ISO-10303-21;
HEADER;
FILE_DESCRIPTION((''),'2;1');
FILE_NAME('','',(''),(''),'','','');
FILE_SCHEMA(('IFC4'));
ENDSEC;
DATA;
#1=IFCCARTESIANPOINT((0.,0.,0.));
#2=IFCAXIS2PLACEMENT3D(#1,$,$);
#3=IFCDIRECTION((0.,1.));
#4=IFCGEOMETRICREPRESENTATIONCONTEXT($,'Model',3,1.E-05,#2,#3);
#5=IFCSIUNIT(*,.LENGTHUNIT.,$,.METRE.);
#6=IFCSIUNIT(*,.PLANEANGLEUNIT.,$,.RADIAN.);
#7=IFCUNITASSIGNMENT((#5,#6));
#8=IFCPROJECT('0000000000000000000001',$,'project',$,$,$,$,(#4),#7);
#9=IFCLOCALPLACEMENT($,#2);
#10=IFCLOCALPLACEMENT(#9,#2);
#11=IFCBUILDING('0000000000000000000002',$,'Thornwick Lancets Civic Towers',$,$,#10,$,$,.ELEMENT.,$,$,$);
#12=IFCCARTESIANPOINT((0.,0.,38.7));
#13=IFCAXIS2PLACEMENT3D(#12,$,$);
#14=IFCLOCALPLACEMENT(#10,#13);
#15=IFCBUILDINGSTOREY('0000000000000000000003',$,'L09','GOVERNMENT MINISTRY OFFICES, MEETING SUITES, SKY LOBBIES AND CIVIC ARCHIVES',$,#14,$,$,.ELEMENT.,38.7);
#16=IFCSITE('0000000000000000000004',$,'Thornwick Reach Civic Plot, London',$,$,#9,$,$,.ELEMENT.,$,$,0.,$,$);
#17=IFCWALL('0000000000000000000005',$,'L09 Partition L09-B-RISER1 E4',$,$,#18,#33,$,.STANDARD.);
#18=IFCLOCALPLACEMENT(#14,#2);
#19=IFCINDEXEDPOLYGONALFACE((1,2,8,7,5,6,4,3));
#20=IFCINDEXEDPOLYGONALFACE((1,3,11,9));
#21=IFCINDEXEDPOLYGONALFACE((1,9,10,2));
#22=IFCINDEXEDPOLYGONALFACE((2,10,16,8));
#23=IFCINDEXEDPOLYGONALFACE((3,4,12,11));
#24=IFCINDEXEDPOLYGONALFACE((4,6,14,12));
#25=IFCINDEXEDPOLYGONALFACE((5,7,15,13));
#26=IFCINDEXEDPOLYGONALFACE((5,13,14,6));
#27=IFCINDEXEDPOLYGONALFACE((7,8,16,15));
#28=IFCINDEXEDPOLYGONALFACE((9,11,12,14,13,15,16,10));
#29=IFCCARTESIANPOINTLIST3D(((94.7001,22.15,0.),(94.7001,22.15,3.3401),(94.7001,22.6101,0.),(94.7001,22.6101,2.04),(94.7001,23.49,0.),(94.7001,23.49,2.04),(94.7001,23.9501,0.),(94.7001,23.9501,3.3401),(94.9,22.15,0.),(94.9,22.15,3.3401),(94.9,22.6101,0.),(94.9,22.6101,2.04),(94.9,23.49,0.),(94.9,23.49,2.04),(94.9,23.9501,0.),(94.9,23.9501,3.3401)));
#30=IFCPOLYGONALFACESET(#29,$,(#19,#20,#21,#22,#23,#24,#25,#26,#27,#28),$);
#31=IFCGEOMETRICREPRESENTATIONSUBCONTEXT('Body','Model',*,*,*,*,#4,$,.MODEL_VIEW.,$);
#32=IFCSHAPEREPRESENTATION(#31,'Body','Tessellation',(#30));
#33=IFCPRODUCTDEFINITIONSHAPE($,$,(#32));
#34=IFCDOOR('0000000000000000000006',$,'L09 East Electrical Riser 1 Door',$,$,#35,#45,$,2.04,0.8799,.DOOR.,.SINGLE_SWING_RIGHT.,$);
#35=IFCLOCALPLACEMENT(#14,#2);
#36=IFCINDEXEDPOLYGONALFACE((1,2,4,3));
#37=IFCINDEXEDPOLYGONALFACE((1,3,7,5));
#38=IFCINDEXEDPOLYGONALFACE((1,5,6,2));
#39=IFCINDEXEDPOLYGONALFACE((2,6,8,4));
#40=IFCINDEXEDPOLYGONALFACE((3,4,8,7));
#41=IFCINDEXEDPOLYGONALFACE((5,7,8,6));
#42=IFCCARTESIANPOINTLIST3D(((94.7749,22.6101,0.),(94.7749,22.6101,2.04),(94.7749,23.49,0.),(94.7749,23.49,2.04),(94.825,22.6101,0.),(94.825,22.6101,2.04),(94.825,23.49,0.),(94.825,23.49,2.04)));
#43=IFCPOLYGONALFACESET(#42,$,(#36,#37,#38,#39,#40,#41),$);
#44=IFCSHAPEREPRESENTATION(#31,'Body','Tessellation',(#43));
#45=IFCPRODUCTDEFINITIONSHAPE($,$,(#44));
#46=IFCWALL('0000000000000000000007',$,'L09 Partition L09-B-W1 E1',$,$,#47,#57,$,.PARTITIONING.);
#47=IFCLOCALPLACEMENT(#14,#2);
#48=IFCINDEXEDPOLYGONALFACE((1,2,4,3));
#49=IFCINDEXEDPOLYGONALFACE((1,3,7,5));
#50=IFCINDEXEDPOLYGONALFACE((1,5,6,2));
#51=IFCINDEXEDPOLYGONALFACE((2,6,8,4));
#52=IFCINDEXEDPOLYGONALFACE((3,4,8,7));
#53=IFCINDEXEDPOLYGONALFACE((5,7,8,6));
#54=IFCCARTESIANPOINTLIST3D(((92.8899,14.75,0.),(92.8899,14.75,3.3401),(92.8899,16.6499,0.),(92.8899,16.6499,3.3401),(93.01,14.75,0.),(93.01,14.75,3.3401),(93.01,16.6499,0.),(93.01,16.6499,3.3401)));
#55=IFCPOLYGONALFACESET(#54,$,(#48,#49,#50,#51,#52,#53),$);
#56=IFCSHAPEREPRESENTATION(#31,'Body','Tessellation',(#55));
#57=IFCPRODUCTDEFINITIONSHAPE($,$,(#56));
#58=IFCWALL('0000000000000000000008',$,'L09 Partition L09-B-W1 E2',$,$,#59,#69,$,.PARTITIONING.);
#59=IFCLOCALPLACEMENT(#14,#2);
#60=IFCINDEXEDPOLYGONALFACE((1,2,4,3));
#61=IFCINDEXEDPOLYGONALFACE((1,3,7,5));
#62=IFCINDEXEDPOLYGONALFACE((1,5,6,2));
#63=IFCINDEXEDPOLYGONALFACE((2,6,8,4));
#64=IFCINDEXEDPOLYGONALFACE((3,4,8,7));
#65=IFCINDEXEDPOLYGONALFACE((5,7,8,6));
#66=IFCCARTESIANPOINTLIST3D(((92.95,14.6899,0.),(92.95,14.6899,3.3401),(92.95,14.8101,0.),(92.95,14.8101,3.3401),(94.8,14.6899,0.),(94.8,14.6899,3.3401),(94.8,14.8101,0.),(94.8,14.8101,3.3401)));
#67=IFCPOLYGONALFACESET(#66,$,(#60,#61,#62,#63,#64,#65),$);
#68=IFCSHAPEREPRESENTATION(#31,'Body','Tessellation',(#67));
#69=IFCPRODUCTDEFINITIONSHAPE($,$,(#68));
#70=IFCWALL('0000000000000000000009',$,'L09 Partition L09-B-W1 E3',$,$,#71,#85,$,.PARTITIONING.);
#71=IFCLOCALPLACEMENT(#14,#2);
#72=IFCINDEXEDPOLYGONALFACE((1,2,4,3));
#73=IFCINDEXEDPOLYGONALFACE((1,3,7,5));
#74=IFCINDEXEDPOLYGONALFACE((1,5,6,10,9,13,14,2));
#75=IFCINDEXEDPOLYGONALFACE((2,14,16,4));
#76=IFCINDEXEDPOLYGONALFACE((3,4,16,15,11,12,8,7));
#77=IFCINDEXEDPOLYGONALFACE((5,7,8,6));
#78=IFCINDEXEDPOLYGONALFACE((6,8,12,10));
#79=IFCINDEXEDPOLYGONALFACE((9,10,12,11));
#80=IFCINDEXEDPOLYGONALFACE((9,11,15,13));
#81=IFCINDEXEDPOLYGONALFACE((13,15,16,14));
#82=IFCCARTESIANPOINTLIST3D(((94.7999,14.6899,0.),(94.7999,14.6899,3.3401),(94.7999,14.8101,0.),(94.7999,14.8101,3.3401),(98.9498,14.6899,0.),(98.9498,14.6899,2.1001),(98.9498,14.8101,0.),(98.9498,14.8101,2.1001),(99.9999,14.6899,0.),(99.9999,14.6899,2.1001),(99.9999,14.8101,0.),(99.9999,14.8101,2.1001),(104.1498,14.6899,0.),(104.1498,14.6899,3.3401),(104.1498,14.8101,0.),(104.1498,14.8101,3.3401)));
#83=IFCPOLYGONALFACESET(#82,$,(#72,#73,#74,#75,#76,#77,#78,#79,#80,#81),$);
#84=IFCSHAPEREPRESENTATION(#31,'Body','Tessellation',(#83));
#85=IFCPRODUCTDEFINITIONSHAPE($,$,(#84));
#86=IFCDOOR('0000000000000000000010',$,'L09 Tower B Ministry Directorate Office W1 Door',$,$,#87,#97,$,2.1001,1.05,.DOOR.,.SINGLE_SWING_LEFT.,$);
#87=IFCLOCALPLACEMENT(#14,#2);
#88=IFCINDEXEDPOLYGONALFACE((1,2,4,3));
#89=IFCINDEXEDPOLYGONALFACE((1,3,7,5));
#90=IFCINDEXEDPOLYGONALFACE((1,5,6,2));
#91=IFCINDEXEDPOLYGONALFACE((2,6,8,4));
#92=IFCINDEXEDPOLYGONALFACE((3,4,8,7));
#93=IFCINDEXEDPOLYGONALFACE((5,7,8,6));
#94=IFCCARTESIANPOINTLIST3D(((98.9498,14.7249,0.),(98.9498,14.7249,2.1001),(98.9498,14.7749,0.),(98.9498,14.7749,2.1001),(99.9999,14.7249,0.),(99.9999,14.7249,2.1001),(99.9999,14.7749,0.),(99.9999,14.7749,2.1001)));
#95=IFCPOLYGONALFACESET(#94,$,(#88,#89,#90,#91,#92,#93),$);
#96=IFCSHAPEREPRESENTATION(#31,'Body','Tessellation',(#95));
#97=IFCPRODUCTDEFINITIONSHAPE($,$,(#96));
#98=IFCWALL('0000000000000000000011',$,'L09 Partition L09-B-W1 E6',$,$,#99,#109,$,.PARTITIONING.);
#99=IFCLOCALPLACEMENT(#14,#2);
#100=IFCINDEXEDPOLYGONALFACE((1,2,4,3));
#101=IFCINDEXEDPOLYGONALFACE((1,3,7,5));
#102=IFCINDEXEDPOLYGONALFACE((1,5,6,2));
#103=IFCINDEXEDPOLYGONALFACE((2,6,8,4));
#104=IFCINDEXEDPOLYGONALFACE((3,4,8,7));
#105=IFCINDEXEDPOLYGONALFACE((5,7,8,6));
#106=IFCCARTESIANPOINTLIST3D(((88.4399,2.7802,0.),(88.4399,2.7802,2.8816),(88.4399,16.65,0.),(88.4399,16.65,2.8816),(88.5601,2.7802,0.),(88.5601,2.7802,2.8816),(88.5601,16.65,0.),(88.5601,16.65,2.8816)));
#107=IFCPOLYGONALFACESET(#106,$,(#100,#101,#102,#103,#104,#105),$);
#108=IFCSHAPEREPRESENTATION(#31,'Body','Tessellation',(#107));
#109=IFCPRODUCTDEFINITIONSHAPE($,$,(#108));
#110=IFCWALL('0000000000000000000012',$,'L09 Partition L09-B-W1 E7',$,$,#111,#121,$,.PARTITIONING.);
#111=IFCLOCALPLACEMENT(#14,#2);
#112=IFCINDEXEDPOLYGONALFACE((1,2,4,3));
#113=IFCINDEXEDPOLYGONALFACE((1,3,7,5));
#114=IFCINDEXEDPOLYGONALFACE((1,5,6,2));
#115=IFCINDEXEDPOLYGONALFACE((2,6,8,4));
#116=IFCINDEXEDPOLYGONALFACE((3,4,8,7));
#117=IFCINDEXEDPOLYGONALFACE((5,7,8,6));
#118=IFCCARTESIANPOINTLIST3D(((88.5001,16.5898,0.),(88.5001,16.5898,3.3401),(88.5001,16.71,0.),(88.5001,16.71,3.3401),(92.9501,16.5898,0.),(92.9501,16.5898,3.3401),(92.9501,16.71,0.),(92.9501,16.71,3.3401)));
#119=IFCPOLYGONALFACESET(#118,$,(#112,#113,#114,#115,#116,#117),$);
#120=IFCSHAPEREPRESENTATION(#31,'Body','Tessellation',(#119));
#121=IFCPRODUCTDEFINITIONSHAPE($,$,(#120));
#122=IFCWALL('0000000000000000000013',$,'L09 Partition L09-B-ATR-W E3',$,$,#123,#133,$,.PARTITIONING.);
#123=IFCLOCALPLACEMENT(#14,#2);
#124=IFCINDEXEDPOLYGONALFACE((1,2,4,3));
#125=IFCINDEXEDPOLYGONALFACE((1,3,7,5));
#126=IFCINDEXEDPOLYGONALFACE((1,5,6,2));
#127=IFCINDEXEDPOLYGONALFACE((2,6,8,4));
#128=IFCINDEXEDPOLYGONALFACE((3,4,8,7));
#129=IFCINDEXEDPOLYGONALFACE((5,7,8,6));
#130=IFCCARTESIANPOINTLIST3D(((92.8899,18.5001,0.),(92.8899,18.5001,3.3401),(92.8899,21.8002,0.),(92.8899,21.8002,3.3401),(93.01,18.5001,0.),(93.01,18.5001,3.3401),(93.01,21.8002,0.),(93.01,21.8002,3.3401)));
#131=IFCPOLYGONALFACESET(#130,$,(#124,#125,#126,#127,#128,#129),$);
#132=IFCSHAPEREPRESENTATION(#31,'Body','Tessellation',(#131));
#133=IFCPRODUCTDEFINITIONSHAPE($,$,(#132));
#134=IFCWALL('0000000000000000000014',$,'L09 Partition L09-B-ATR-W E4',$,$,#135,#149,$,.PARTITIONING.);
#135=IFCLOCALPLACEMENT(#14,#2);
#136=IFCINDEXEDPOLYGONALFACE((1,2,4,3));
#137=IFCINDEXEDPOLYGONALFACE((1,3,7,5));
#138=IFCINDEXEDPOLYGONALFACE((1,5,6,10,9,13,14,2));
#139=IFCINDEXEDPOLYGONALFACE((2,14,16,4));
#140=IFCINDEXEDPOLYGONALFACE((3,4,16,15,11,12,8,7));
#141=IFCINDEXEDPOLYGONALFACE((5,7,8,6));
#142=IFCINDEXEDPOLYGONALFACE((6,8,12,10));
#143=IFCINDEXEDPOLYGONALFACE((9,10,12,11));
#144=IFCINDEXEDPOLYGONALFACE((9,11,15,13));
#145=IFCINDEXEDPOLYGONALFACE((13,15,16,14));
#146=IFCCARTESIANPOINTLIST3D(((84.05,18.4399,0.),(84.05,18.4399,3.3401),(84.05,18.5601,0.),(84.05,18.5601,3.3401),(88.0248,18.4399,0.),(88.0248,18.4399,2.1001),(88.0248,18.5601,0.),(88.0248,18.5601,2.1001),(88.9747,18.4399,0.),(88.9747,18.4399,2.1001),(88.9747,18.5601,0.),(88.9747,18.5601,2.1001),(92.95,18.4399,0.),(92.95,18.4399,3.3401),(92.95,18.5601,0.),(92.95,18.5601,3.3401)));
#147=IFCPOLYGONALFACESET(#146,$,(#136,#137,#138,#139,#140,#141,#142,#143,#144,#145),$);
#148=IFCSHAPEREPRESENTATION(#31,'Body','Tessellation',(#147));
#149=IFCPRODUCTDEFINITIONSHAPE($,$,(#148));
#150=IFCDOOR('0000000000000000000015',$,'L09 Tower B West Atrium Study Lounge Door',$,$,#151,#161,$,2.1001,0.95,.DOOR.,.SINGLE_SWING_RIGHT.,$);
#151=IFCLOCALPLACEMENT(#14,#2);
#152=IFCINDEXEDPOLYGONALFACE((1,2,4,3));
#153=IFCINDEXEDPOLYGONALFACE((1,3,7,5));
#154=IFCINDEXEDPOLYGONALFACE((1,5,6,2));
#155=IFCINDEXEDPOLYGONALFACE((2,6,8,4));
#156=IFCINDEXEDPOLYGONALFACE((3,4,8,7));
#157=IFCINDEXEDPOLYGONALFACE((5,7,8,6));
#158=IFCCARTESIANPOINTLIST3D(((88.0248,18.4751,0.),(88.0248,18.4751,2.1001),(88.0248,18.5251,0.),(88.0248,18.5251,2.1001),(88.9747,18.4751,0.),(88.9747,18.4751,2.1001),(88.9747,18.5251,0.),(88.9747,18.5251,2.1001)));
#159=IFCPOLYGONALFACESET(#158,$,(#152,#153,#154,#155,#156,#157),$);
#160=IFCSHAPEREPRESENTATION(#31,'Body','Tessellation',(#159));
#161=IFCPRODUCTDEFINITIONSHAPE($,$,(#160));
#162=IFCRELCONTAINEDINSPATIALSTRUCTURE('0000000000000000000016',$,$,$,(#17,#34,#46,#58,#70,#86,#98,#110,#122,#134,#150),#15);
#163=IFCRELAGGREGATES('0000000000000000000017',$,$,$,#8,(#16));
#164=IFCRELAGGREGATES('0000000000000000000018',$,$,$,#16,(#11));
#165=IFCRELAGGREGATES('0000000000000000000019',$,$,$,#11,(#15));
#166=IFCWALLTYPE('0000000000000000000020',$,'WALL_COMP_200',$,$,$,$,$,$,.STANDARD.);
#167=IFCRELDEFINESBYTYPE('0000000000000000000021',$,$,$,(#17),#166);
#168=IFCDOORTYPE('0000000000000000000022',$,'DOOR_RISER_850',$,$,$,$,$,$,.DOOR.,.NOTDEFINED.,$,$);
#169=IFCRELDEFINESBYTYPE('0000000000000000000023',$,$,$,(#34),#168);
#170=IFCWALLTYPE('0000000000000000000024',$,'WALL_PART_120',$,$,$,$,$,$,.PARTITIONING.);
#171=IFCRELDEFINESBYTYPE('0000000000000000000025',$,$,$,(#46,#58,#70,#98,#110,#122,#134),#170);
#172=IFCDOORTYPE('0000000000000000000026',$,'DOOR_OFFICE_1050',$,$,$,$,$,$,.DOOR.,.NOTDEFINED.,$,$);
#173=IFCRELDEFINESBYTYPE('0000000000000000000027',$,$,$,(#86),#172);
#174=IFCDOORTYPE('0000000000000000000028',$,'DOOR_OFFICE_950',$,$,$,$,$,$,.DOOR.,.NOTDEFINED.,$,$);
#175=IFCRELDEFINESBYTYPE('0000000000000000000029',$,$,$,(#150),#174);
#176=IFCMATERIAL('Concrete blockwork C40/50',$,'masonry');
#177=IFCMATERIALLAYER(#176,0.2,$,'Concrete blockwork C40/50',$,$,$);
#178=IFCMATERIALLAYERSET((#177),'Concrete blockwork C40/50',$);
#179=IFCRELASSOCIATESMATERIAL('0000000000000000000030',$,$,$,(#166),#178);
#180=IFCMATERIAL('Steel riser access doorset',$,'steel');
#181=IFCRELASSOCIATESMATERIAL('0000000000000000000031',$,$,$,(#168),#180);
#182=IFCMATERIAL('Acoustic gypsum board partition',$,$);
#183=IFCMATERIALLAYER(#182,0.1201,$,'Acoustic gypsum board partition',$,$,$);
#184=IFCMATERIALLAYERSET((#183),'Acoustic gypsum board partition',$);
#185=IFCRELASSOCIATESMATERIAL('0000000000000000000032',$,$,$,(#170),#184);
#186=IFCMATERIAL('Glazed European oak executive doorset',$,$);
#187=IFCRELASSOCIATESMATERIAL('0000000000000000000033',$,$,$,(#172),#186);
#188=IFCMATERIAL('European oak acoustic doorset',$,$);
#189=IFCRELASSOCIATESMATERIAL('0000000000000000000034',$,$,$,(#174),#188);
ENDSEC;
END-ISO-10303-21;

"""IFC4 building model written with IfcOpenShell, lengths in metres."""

from ifc_helpers import new_model, si_unit, direction, frame, frame_2d, origin, place, context, subcontext, project, spatial, rectangle, extrude, material, layer, layer_set, type_object, element, fill, save


model = new_model("IFC4")

# Units and contexts
model_context = context("Model", 3, precision=1e-05, world=origin(), true_north=direction((0.0, 1.0)))
body_context = subcontext(model_context, "Body", "Model", "MODEL_VIEW")
ifc_project = project(units=[si_unit("LENGTHUNIT", "METRE"), si_unit("PLANEANGLEUNIT", "RADIAN")], contexts=[model_context])

# Site, building, storey
site_placement = place(None, origin())
site = spatial("IfcSite", under=ifc_project, at=site_placement, Name="Thornwick Reach Civic Plot, London", CompositionType="ELEMENT", RefElevation=0.0)
building_placement = place(site_placement, origin())
building = spatial("IfcBuilding", under=site, at=building_placement, Name="Thornwick Lancets Civic Towers", CompositionType="ELEMENT")
storey_placement = place(building_placement, frame((0.0, 0.0, 38.7)))
storey = spatial("IfcBuildingStorey", under=building, at=storey_placement, Name="L09", Description="GOVERNMENT MINISTRY OFFICES, MEETING SUITES, SKY LOBBIES AND CIVIC ARCHIVES", CompositionType="ELEMENT", Elevation=38.7)

# Shared definitions
ifc_material_1 = material(Name="Concrete blockwork C40/50", Category="masonry")
ifc_layer_1 = layer(ifc_material_1, 0.2, Name="Concrete blockwork C40/50")
ifc_layer_set_1 = layer_set([ifc_layer_1], Name="Concrete blockwork C40/50")
wall_type_1 = type_object("IfcWallType", Name="WALL_COMP_200", PredefinedType="STANDARD", material=ifc_layer_set_1)

# Wall, opening, door
wall_1_placement = place(storey_placement, frame((94.8, 23.95, 0.0), z_axis=(0.0, 0.0, 1.0), x_axis=(0.0, -1.0, 0.0)))
wall_1 = element("IfcWall", 1, at=wall_1_placement, inside=storey, type_object=wall_type_1, Name="L09 Partition L09-B-RISER1 E4", PredefinedType="STANDARD", context=body_context, shape_type="SweptSolid", body=[
    extrude(rectangle(XDim=1.8, YDim=0.2, at=frame_2d((0.8999, 0.0))), origin(), (0.0, 0.0, 1.0), 3.3401),
])
opening_1_placement = place(wall_1_placement, frame((0.46, 0.0, 0.0)))
opening_1 = element("IfcOpeningElement", 2, at=opening_1_placement, cuts=wall_1, PredefinedType="OPENING", context=body_context, shape_type="SweptSolid", body=[
    extrude(rectangle(XDim=0.8799, YDim=2.04, at=frame_2d((0.4399, 1.02))), frame((0.0, 0.1099, 0.0), z_axis=(0.0, -1.0, 0.0), x_axis=(1.0, 0.0, 0.0)), (0.0, 0.0, 1.0), 0.22),
])
ifc_material_2 = material(Name="Steel riser access doorset", Category="steel")
door_type_1 = type_object("IfcDoorType", Name="DOOR_RISER_850", OperationType="NOTDEFINED", PredefinedType="DOOR", material=ifc_material_2)
door_1_placement = place(opening_1_placement, origin())
door_1 = element("IfcDoor", 3, at=door_1_placement, inside=storey, type_object=door_type_1, Name="L09 East Electrical Riser 1 Door", OperationType="SINGLE_SWING_RIGHT", OverallHeight=2.04, OverallWidth=0.8799, PredefinedType="DOOR", context=body_context, shape_type="SweptSolid", body=[
    extrude(rectangle(XDim=0.8799, YDim=2.04, at=frame_2d((0.4399, 1.02))), frame((0.0, 0.0249, 0.0), z_axis=(0.0, -1.0, 0.0), x_axis=(1.0, 0.0, 0.0)), (0.0, 0.0, 1.0), 0.05),
])
fill(opening_1, door_1)

# Walls
ifc_material_3 = material(Name="Acoustic gypsum board partition")
ifc_layer_2 = layer(ifc_material_3, 0.1201, Name="Acoustic gypsum board partition")
ifc_layer_set_2 = layer_set([ifc_layer_2], Name="Acoustic gypsum board partition")
wall_type_2 = type_object("IfcWallType", Name="WALL_PART_120", PredefinedType="PARTITIONING", material=ifc_layer_set_2)
wall_2_placement = place(storey_placement, frame((92.95, 16.6499, 0.0), z_axis=(0.0, 0.0, 1.0), x_axis=(0.0, -1.0, 0.0)))
element("IfcWall", 4, at=wall_2_placement, inside=storey, type_object=wall_type_2, Name="L09 Partition L09-B-W1 E1", PredefinedType="PARTITIONING", context=body_context, shape_type="SweptSolid", body=[
    extrude(rectangle(XDim=1.8999, YDim=0.1201, at=frame_2d((0.95, 0.0))), origin(), (0.0, 0.0, 1.0), 3.3401),
])
wall_3_placement = place(storey_placement, frame((92.95, 14.75, 0.0), z_axis=(0.0, 0.0, 1.0), x_axis=(1.0, 0.0, 0.0)))
element("IfcWall", 5, at=wall_3_placement, inside=storey, type_object=wall_type_2, Name="L09 Partition L09-B-W1 E2", PredefinedType="PARTITIONING", context=body_context, shape_type="SweptSolid", body=[
    extrude(rectangle(XDim=1.8501, YDim=0.1201, at=frame_2d((0.925, 0.0))), origin(), (0.0, 0.0, 1.0), 3.3401),
])

# Wall, opening, door
wall_4_placement = place(storey_placement, frame((94.8, 14.75, 0.0), z_axis=(0.0, 0.0, 1.0), x_axis=(1.0, 0.0, 0.0)))
wall_4 = element("IfcWall", 6, at=wall_4_placement, inside=storey, type_object=wall_type_2, Name="L09 Partition L09-B-W1 E3", PredefinedType="PARTITIONING", context=body_context, shape_type="SweptSolid", body=[
    extrude(rectangle(XDim=9.3499, YDim=0.1201, at=frame_2d((4.6748, 0.0))), origin(), (0.0, 0.0, 1.0), 3.3401),
])
opening_2_placement = place(wall_4_placement, frame((4.1499, 0.0, 0.0)))
opening_2 = element("IfcOpeningElement", 7, at=opening_2_placement, cuts=wall_4, PredefinedType="OPENING", context=body_context, shape_type="SweptSolid", body=[
    extrude(rectangle(XDim=1.05, YDim=2.1001, at=frame_2d((0.5249, 1.05))), frame((0.0, 0.0701, 0.0), z_axis=(0.0, -1.0, 0.0), x_axis=(1.0, 0.0, 0.0)), (0.0, 0.0, 1.0), 0.1401),
])
ifc_material_4 = material(Name="Glazed European oak executive doorset")
door_type_2 = type_object("IfcDoorType", Name="DOOR_OFFICE_1050", OperationType="NOTDEFINED", PredefinedType="DOOR", material=ifc_material_4)
door_2_placement = place(opening_2_placement, origin())
door_2 = element("IfcDoor", 8, at=door_2_placement, inside=storey, type_object=door_type_2, Name="L09 Tower B Ministry Directorate Office W1 Door", OperationType="SINGLE_SWING_LEFT", OverallHeight=2.1001, OverallWidth=1.05, PredefinedType="DOOR", context=body_context, shape_type="SweptSolid", body=[
    extrude(rectangle(XDim=1.05, YDim=2.1001, at=frame_2d((0.5249, 1.05))), frame((0.0, 0.0249, 0.0), z_axis=(0.0, -1.0, 0.0), x_axis=(1.0, 0.0, 0.0)), (0.0, 0.0, 1.0), 0.05),
])
fill(opening_2, door_2)

# Walls
wall_5_placement = place(storey_placement, frame((88.5, 2.78, 0.0), z_axis=(0.0, 0.0, 1.0), x_axis=(0.0, 1.0, 0.0)))
element("IfcWall", 9, at=wall_5_placement, inside=storey, type_object=wall_type_2, Name="L09 Partition L09-B-W1 E6", PredefinedType="PARTITIONING", context=body_context, shape_type="SweptSolid", body=[
    extrude(rectangle(XDim=13.8699, YDim=0.1201, at=frame_2d((6.9351, 0.0))), origin(), (0.0, 0.0, 1.0), 2.8816),
])
wall_6_placement = place(storey_placement, frame((88.5, 16.6499, 0.0), z_axis=(0.0, 0.0, 1.0), x_axis=(1.0, 0.0, 0.0)))
element("IfcWall", 10, at=wall_6_placement, inside=storey, type_object=wall_type_2, Name="L09 Partition L09-B-W1 E7", PredefinedType="PARTITIONING", context=body_context, shape_type="SweptSolid", body=[
    extrude(rectangle(XDim=4.45, YDim=0.1201, at=frame_2d((2.2251, 0.0))), origin(), (0.0, 0.0, 1.0), 3.3401),
])
wall_7_placement = place(storey_placement, frame((92.95, 21.8, 0.0), z_axis=(0.0, 0.0, 1.0), x_axis=(0.0, -1.0, 0.0)))
element("IfcWall", 11, at=wall_7_placement, inside=storey, type_object=wall_type_2, Name="L09 Partition L09-B-ATR-W E3", PredefinedType="PARTITIONING", context=body_context, shape_type="SweptSolid", body=[
    extrude(rectangle(XDim=3.3, YDim=0.1201, at=frame_2d((1.6499, 0.0))), origin(), (0.0, 0.0, 1.0), 3.3401),
])

# Wall, opening, door
wall_8_placement = place(storey_placement, frame((92.95, 18.5, 0.0), z_axis=(0.0, 0.0, 1.0), x_axis=(-1.0, 0.0, 0.0)))
wall_8 = element("IfcWall", 12, at=wall_8_placement, inside=storey, type_object=wall_type_2, Name="L09 Partition L09-B-ATR-W E4", PredefinedType="PARTITIONING", context=body_context, shape_type="SweptSolid", body=[
    extrude(rectangle(XDim=8.8999, YDim=0.1201, at=frame_2d((4.45, 0.0))), origin(), (0.0, 0.0, 1.0), 3.3401),
])
opening_3_placement = place(wall_8_placement, frame((3.9751, 0.0, 0.0)))
opening_3 = element("IfcOpeningElement", 13, at=opening_3_placement, cuts=wall_8, PredefinedType="OPENING", context=body_context, shape_type="SweptSolid", body=[
    extrude(rectangle(XDim=0.95, YDim=2.1001, at=frame_2d((0.4751, 1.05))), frame((0.0, 0.0701, 0.0), z_axis=(0.0, -1.0, 0.0), x_axis=(1.0, 0.0, 0.0)), (0.0, 0.0, 1.0), 0.1401),
])
ifc_material_5 = material(Name="European oak acoustic doorset")
door_type_3 = type_object("IfcDoorType", Name="DOOR_OFFICE_950", OperationType="NOTDEFINED", PredefinedType="DOOR", material=ifc_material_5)
door_3_placement = place(opening_3_placement, origin())
door_3 = element("IfcDoor", 14, at=door_3_placement, inside=storey, type_object=door_type_3, Name="L09 Tower B West Atrium Study Lounge Door", OperationType="SINGLE_SWING_RIGHT", OverallHeight=2.1001, OverallWidth=0.95, PredefinedType="DOOR", context=body_context, shape_type="SweptSolid", body=[
    extrude(rectangle(XDim=0.95, YDim=2.1001, at=frame_2d((0.4751, 1.05))), frame((0.0, 0.0249, 0.0), z_axis=(0.0, -1.0, 0.0), x_axis=(1.0, 0.0, 0.0)), (0.0, 0.0, 1.0), 0.05),
])
fill(opening_3, door_3)

save(model, "model.ifc")
